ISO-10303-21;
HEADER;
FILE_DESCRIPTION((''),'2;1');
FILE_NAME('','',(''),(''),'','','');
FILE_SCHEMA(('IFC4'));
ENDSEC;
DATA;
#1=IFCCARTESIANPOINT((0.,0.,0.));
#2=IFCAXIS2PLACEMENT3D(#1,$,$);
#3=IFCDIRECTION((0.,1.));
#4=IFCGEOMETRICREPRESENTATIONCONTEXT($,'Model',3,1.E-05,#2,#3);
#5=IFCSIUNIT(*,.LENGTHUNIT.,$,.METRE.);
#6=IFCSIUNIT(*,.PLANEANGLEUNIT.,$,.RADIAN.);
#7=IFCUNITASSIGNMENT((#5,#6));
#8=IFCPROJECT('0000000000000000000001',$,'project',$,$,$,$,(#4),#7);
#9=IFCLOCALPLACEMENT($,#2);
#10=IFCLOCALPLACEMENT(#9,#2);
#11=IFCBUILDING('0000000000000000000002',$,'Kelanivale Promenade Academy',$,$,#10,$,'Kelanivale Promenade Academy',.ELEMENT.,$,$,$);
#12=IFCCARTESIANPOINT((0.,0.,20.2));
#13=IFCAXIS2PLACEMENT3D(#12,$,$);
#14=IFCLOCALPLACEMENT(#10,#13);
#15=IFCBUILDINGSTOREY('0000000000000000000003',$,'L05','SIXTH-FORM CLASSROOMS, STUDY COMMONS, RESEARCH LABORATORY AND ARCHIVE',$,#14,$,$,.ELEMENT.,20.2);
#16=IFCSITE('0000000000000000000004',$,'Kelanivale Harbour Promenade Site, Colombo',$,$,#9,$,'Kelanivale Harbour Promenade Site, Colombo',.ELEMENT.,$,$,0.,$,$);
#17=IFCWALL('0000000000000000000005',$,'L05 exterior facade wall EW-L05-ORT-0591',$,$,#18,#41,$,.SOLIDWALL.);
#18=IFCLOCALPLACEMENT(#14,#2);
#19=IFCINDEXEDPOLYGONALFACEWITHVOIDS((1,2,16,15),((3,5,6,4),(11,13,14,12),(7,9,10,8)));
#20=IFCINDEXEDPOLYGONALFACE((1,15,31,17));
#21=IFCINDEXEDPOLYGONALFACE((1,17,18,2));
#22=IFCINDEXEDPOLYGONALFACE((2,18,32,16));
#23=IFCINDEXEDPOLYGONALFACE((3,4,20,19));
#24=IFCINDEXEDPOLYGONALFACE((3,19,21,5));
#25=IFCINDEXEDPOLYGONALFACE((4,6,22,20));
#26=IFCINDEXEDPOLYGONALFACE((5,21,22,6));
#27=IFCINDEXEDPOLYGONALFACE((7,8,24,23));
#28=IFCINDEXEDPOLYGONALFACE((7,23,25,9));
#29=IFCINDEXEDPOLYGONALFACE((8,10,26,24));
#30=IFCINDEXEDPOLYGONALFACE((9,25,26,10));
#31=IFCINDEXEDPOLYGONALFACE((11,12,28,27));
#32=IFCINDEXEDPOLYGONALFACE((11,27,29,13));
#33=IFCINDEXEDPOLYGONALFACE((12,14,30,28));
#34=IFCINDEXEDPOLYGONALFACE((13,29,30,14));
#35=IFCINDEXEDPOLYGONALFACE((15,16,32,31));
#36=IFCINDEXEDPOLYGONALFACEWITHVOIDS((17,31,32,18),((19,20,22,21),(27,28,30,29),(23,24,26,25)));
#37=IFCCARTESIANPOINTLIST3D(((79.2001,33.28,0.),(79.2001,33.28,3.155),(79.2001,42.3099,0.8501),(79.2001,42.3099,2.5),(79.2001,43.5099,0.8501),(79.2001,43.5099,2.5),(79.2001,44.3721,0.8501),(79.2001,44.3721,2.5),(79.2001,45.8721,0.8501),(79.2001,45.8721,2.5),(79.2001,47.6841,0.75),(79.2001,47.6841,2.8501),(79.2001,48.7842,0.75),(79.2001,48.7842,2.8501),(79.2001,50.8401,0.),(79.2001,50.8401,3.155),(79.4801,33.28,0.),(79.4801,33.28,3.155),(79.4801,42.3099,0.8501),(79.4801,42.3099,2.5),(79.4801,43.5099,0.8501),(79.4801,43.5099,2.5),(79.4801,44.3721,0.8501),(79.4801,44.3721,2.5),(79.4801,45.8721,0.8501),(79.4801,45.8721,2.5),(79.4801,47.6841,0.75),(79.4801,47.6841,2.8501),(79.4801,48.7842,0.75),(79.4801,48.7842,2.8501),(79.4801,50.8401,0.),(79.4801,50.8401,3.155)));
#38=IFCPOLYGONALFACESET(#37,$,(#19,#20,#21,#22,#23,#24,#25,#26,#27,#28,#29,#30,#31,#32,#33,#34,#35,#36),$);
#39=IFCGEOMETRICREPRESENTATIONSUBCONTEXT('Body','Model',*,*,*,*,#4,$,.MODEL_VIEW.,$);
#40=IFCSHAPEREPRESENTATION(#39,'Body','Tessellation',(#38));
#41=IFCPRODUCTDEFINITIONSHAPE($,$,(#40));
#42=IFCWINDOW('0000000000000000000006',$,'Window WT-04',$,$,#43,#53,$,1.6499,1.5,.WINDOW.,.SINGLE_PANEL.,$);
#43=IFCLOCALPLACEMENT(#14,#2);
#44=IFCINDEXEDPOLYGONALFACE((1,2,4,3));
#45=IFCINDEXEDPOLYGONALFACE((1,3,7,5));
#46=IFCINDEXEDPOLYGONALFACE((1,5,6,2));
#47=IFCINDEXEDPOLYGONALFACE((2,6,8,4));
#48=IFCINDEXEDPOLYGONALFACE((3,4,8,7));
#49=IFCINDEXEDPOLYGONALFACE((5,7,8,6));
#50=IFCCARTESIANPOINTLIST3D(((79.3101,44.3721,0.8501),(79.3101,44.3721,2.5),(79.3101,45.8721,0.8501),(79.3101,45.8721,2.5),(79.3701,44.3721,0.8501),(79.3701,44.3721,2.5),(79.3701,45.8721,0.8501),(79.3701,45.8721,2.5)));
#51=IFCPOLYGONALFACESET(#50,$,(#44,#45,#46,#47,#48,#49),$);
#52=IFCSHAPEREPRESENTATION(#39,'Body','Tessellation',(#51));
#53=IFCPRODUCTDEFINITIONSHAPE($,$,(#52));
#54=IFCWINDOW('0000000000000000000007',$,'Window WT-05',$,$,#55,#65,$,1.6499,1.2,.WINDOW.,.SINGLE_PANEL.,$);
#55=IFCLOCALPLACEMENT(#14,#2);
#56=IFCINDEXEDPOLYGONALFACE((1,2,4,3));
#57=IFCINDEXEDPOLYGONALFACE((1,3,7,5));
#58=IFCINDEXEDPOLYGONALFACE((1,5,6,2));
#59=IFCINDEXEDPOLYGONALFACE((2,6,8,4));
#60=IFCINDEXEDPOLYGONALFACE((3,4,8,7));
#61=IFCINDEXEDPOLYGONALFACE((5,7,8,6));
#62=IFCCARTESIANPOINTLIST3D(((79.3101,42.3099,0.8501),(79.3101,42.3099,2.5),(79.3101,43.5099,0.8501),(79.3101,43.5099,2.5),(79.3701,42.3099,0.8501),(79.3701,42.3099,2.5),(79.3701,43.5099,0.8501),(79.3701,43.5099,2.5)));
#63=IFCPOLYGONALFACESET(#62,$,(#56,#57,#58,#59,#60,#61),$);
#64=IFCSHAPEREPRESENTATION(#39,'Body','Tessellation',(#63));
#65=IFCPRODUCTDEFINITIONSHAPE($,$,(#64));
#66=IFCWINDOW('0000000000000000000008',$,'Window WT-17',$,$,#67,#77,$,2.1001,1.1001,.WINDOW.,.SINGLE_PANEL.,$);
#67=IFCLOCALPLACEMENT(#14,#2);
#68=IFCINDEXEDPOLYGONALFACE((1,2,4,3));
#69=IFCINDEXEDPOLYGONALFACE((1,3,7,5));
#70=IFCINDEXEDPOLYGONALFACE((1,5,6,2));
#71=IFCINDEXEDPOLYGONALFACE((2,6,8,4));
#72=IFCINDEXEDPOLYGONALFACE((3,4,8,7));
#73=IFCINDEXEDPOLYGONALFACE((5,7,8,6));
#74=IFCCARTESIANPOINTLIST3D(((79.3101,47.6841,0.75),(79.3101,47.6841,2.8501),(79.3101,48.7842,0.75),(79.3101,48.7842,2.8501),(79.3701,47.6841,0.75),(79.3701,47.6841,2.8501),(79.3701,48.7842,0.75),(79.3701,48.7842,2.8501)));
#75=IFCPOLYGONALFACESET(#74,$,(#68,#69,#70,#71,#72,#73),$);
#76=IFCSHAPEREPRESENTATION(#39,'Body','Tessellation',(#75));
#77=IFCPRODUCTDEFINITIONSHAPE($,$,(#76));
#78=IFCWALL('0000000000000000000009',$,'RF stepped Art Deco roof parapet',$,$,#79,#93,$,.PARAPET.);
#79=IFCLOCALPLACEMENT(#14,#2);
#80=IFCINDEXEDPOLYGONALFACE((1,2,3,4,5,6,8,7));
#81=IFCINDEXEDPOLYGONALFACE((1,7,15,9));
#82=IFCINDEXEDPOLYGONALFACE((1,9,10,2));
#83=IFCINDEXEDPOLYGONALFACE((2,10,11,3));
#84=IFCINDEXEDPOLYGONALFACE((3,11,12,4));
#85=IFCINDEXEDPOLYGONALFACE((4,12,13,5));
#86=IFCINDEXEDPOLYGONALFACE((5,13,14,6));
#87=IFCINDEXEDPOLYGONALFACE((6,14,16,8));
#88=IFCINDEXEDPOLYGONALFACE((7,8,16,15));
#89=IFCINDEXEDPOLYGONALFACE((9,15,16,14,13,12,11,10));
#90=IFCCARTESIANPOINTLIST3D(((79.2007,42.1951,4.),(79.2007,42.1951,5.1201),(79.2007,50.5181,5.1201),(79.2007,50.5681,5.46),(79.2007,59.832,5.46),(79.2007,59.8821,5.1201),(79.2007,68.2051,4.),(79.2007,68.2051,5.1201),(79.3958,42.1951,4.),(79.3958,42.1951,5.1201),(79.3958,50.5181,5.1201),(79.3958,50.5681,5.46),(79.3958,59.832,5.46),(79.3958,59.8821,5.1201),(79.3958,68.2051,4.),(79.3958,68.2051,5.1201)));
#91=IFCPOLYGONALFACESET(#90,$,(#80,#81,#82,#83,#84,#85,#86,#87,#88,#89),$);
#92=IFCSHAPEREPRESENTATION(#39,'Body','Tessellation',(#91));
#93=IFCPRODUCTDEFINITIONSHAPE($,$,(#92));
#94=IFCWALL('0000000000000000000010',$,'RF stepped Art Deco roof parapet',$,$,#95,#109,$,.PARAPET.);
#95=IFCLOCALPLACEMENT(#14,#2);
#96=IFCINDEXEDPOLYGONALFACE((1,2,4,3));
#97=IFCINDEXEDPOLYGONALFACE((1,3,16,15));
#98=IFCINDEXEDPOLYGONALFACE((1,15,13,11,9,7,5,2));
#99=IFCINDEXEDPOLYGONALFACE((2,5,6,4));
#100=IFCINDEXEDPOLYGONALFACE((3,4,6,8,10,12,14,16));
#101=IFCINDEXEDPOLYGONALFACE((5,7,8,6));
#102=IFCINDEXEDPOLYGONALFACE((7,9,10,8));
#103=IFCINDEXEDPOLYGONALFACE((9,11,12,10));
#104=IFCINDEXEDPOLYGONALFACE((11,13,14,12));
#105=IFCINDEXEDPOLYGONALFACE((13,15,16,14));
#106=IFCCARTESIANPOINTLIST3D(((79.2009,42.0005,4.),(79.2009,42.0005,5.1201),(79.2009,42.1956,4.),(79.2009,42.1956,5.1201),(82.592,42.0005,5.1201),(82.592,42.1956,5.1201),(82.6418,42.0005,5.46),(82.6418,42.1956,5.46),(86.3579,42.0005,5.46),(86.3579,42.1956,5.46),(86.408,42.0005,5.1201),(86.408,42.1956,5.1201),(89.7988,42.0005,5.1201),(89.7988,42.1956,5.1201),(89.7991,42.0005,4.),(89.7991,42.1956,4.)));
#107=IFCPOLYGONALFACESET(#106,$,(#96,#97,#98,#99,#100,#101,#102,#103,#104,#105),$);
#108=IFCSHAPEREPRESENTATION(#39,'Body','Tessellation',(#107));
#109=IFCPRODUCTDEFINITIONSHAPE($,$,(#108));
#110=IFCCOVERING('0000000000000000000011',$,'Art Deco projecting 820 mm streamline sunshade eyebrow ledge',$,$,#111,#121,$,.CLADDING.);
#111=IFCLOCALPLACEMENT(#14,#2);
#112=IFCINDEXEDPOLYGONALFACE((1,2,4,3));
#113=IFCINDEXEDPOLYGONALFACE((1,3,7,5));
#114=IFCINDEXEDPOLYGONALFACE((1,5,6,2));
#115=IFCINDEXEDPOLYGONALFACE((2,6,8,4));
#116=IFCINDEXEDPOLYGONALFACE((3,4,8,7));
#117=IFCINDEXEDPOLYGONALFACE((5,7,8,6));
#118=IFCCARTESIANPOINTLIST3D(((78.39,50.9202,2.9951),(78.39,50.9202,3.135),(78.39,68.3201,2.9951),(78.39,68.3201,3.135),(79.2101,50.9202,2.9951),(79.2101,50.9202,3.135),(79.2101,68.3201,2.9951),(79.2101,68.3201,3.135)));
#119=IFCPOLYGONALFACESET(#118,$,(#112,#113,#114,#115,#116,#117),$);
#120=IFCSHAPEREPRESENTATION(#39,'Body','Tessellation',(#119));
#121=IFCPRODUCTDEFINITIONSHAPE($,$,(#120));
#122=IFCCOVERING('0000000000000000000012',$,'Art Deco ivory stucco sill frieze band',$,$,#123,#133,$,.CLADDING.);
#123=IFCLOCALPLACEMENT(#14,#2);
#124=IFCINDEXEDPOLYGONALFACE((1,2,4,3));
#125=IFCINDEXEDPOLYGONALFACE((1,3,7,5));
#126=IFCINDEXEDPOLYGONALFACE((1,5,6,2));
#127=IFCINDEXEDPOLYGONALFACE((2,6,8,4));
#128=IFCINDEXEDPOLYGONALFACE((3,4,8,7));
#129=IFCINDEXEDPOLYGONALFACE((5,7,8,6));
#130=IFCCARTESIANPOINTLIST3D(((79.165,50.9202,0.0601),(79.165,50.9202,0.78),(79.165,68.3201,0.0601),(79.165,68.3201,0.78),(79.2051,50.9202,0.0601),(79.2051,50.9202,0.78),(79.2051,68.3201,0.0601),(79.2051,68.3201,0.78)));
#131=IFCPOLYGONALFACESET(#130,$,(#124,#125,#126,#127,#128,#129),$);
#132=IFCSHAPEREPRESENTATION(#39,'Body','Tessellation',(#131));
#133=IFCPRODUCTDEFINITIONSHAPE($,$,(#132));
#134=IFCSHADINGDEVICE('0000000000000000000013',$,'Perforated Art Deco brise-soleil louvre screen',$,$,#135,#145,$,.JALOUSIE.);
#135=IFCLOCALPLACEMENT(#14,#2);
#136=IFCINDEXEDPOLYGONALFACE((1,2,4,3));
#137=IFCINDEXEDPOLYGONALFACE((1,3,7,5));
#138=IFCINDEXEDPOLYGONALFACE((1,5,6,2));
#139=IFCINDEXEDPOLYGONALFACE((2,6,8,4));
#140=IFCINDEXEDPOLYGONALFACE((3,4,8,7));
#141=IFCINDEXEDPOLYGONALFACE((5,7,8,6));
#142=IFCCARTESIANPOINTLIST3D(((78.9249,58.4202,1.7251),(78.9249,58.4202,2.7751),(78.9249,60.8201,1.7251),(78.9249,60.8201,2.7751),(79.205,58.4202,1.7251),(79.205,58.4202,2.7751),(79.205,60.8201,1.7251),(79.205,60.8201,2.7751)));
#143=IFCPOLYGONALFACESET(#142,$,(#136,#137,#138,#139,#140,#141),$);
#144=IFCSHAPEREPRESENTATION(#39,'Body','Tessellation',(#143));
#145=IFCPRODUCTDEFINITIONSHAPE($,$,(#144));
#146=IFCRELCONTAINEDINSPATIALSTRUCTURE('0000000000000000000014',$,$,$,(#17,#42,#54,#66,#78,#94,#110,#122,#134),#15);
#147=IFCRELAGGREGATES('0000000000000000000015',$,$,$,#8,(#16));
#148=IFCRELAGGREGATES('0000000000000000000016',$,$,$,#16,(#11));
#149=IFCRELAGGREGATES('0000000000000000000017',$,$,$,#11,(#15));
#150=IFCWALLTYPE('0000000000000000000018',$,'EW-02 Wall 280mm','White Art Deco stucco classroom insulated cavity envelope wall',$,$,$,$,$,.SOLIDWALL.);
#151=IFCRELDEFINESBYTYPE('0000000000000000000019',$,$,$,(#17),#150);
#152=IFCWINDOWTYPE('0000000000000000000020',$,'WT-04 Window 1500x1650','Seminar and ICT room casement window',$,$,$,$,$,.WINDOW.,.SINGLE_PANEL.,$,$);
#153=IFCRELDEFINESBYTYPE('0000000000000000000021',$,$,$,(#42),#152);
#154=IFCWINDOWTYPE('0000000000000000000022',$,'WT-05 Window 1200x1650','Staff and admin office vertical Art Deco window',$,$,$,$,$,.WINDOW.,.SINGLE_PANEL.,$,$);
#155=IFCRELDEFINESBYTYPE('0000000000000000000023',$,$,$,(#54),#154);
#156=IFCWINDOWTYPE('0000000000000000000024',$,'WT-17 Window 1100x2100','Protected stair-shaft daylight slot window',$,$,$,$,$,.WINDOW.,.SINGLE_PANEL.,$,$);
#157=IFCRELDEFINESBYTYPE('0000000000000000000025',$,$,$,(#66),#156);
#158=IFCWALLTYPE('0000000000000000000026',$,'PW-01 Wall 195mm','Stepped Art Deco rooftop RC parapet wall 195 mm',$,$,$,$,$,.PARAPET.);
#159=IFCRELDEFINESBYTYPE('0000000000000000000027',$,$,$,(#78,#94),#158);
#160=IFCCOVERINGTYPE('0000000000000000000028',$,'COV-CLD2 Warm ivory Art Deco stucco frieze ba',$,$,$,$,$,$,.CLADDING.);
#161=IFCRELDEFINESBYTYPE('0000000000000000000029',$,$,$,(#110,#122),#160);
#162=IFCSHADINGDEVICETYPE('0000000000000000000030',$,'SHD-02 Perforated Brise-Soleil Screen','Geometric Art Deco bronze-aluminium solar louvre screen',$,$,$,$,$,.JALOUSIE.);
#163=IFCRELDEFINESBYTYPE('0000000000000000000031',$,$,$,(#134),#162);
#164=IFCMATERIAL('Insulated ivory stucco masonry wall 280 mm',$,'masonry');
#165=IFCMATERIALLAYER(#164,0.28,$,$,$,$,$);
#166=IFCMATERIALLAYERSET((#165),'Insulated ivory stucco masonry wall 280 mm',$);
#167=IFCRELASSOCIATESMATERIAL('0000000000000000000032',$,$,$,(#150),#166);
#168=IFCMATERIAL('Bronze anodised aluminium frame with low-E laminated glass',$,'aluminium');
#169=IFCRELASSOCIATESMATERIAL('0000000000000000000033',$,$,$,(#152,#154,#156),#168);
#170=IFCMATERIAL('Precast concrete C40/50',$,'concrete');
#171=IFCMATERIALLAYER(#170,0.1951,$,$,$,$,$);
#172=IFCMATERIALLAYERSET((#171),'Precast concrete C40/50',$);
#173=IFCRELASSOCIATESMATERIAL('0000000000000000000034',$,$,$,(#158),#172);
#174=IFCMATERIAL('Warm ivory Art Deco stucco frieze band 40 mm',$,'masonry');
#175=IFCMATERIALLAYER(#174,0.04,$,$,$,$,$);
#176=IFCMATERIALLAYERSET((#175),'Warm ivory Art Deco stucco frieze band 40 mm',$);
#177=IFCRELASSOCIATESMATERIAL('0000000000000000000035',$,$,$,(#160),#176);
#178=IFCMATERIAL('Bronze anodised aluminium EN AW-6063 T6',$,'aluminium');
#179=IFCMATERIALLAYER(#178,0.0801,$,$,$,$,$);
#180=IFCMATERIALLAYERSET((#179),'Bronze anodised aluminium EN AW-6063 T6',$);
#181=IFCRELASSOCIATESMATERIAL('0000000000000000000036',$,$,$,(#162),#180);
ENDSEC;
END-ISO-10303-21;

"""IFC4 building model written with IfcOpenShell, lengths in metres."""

from ifc_helpers import new_model, si_unit, direction, frame, frame_2d, origin, origin_2d, place, context, subcontext, project, spatial, polyline, rectangle, outline, extrude, material, layer, layer_set, type_object, element, fill, save


model = new_model("IFC4")

# Units and contexts
model_context = context("Model", 3, precision=1e-05, world=origin(), true_north=direction((0.0, 1.0)))
body_context = subcontext(model_context, "Body", "Model", "MODEL_VIEW")
ifc_project = project(units=[si_unit("LENGTHUNIT", "METRE"), si_unit("PLANEANGLEUNIT", "RADIAN")], contexts=[model_context])

# Site, building, storey
site_placement = place(None, origin())
site = spatial("IfcSite", under=ifc_project, at=site_placement, Name="Kelanivale Harbour Promenade Site, Colombo", LongName="Kelanivale Harbour Promenade Site, Colombo", CompositionType="ELEMENT", RefElevation=0.0)
building_placement = place(site_placement, origin())
building = spatial("IfcBuilding", under=site, at=building_placement, Name="Kelanivale Promenade Academy", LongName="Kelanivale Promenade Academy", CompositionType="ELEMENT")
storey_placement = place(building_placement, frame((0.0, 0.0, 20.2)))
storey = spatial("IfcBuildingStorey", under=building, at=storey_placement, Name="L05", Description="SIXTH-FORM CLASSROOMS, STUDY COMMONS, RESEARCH LABORATORY AND ARCHIVE", CompositionType="ELEMENT", Elevation=20.2)

# Wall, openings, windows
ifc_material_1 = material(Name="Insulated ivory stucco masonry wall 280 mm", Category="masonry")
ifc_layer_1 = layer(ifc_material_1, 0.28)
ifc_layer_set_1 = layer_set([ifc_layer_1], Name="Insulated ivory stucco masonry wall 280 mm")
wall_type_1 = type_object("IfcWallType", Name="EW-02 Wall 280mm", Description="White Art Deco stucco classroom insulated cavity envelope wall", PredefinedType="SOLIDWALL", material=ifc_layer_set_1)
wall_1_placement = place(storey_placement, frame((79.3401, 50.8401, 0.0), z_axis=(0.0, 0.0, 1.0), x_axis=(0.0, -1.0, 0.0)))
wall_1 = element("IfcWall", 1, at=wall_1_placement, inside=storey, type_object=wall_type_1, Name="L05 exterior facade wall EW-L05-ORT-0591", PredefinedType="SOLIDWALL", context=body_context, shape_type="SweptSolid", body=[
    extrude(rectangle(XDim=17.5601, YDim=0.28, at=frame_2d((8.78, 0.0))), origin(), (0.0, 0.0, 1.0), 3.155),
])
opening_1_placement = place(wall_1_placement, frame((2.0559, 0.0, 0.75)))
opening_1 = element("IfcOpeningElement", 2, at=opening_1_placement, cuts=wall_1, PredefinedType="OPENING", context=body_context, shape_type="SweptSolid", body=[
    extrude(rectangle(XDim=1.1001, YDim=2.1001, at=frame_2d((0.55, 1.05))), frame((0.0, 0.1499, 0.0), z_axis=(0.0, -1.0, 0.0), x_axis=(1.0, 0.0, 0.0)), (0.0, 0.0, 1.0), 0.3),
])
opening_2_placement = place(wall_1_placement, frame((4.968, 0.0, 0.8501)))
opening_2 = element("IfcOpeningElement", 3, at=opening_2_placement, cuts=wall_1, PredefinedType="OPENING", context=body_context, shape_type="SweptSolid", body=[
    extrude(rectangle(XDim=1.5, YDim=1.6499, at=frame_2d((0.75, 0.825))), frame((0.0, 0.1499, 0.0), z_axis=(0.0, -1.0, 0.0), x_axis=(1.0, 0.0, 0.0)), (0.0, 0.0, 1.0), 0.3),
])
opening_3_placement = place(wall_1_placement, frame((7.3301, 0.0, 0.8501)))
opening_3 = element("IfcOpeningElement", 4, at=opening_3_placement, cuts=wall_1, PredefinedType="OPENING", context=body_context, shape_type="SweptSolid", body=[
    extrude(rectangle(XDim=1.2, YDim=1.6499, at=frame_2d((0.6001, 0.825))), frame((0.0, 0.1499, 0.0), z_axis=(0.0, -1.0, 0.0), x_axis=(1.0, 0.0, 0.0)), (0.0, 0.0, 1.0), 0.3),
])
ifc_material_2 = material(Name="Bronze anodised aluminium frame with low-E laminated glass", Category="aluminium")
window_type_1 = type_object("IfcWindowType", Name="WT-04 Window 1500x1650", Description="Seminar and ICT room casement window", PartitioningType="SINGLE_PANEL", PredefinedType="WINDOW", material=ifc_material_2)
window_1_placement = place(opening_2_placement, origin())
window_1 = element("IfcWindow", 5, at=window_1_placement, inside=storey, type_object=window_type_1, Name="Window WT-04", OverallHeight=1.6499, OverallWidth=1.5, PartitioningType="SINGLE_PANEL", PredefinedType="WINDOW", context=body_context, shape_type="SweptSolid", body=[
    extrude(rectangle(XDim=1.5, YDim=1.6499, at=frame_2d((0.75, 0.825))), frame((0.0, 0.03, 0.0), z_axis=(0.0, -1.0, 0.0), x_axis=(1.0, 0.0, 0.0)), (0.0, 0.0, 1.0), 0.0601),
])
fill(opening_2, window_1)
window_type_2 = type_object("IfcWindowType", Name="WT-05 Window 1200x1650", Description="Staff and admin office vertical Art Deco window", PartitioningType="SINGLE_PANEL", PredefinedType="WINDOW", material=ifc_material_2)
window_2_placement = place(opening_3_placement, origin())
window_2 = element("IfcWindow", 6, at=window_2_placement, inside=storey, type_object=window_type_2, Name="Window WT-05", OverallHeight=1.6499, OverallWidth=1.2, PartitioningType="SINGLE_PANEL", PredefinedType="WINDOW", context=body_context, shape_type="SweptSolid", body=[
    extrude(rectangle(XDim=1.2, YDim=1.6499, at=frame_2d((0.6001, 0.825))), frame((0.0, 0.03, 0.0), z_axis=(0.0, -1.0, 0.0), x_axis=(1.0, 0.0, 0.0)), (0.0, 0.0, 1.0), 0.0601),
])
fill(opening_3, window_2)
window_type_3 = type_object("IfcWindowType", Name="WT-17 Window 1100x2100", Description="Protected stair-shaft daylight slot window", PartitioningType="SINGLE_PANEL", PredefinedType="WINDOW", material=ifc_material_2)
window_3_placement = place(opening_1_placement, origin())
window_3 = element("IfcWindow", 7, at=window_3_placement, inside=storey, type_object=window_type_3, Name="Window WT-17", OverallHeight=2.1001, OverallWidth=1.1001, PartitioningType="SINGLE_PANEL", PredefinedType="WINDOW", context=body_context, shape_type="SweptSolid", body=[
    extrude(rectangle(XDim=1.1001, YDim=2.1001, at=frame_2d((0.55, 1.05))), frame((0.0, 0.03, 0.0), z_axis=(0.0, -1.0, 0.0), x_axis=(1.0, 0.0, 0.0)), (0.0, 0.0, 1.0), 0.0601),
])
fill(opening_1, window_3)

# Walls
ifc_material_3 = material(Name="Precast concrete C40/50", Category="concrete")
ifc_layer_2 = layer(ifc_material_3, 0.1951)
ifc_layer_set_2 = layer_set([ifc_layer_2], Name="Precast concrete C40/50")
wall_type_2 = type_object("IfcWallType", Name="PW-01 Wall 195mm", Description="Stepped Art Deco rooftop RC parapet wall 195 mm", PredefinedType="PARAPET", material=ifc_layer_set_2)
wall_2_placement = place(storey_placement, frame((79.2981, 68.2051, 4.0), z_axis=(0.0, 0.0, 1.0), x_axis=(0.0, -1.0, 0.0)))
element("IfcWall", 8, at=wall_2_placement, inside=storey, type_object=wall_type_2, Name="RF stepped Art Deco roof parapet", PredefinedType="PARAPET", context=body_context, shape_type="SweptSolid", body=[
    extrude(outline(polyline([(0.0, 0.0), (26.01, 0.0), (26.01, 1.1201), (17.687, 1.1201), (17.637, 1.46), (8.373, 1.46), (8.323, 1.1201), (0.0, 1.1201), (0.0, 0.0)])), frame((0.0, 0.0977, 0.0), z_axis=(0.0, -1.0, 0.0), x_axis=(1.0, 0.0, 0.0)), (0.0, 0.0, 1.0), 0.1951),
])
wall_3_placement = place(storey_placement, frame((79.2009, 42.0979, 4.0), z_axis=(0.0, 0.0, 1.0), x_axis=(1.0, 0.0, 0.0)))
element("IfcWall", 9, at=wall_3_placement, inside=storey, type_object=wall_type_2, Name="RF stepped Art Deco roof parapet", PredefinedType="PARAPET", context=body_context, shape_type="SweptSolid", body=[
    extrude(outline(polyline([(0.0, 0.0), (10.5981, 0.0), (10.5979, 1.1201), (7.207, 1.1201), (7.157, 1.46), (3.4409, 1.46), (3.3911, 1.1201), (0.0, 1.1201), (0.0, 0.0)])), frame((0.0, 0.0977, 0.0), z_axis=(0.0, -1.0, 0.0), x_axis=(1.0, 0.0, 0.0)), (0.0, 0.0, 1.0), 0.1951),
])

# Coverings
ifc_material_4 = material(Name="Warm ivory Art Deco stucco frieze band 40 mm", Category="masonry")
ifc_layer_3 = layer(ifc_material_4, 0.04)
ifc_layer_set_3 = layer_set([ifc_layer_3], Name="Warm ivory Art Deco stucco frieze band 40 mm")
covering_type = type_object("IfcCoveringType", Name="COV-CLD2 Warm ivory Art Deco stucco frieze ba", PredefinedType="CLADDING", material=ifc_layer_set_3)
covering_1_placement = place(storey_placement, frame((78.8, 59.6201, 2.9951), z_axis=(0.0, 0.0, 1.0), x_axis=(0.0, -1.0, 0.0)))
element("IfcCovering", 10, at=covering_1_placement, inside=storey, type_object=covering_type, Name="Art Deco projecting 820 mm streamline sunshade eyebrow ledge", PredefinedType="CLADDING", context=body_context, shape_type="SweptSolid", body=[
    extrude(rectangle(XDim=17.3999, YDim=0.8201, at=origin_2d()), origin(), (0.0, 0.0, 1.0), 0.1399),
])
covering_2_placement = place(storey_placement, frame((79.1851, 59.6201, 0.0601), z_axis=(0.0, 0.0, 1.0), x_axis=(0.0, -1.0, 0.0)))
element("IfcCovering", 11, at=covering_2_placement, inside=storey, type_object=covering_type, Name="Art Deco ivory stucco sill frieze band", PredefinedType="CLADDING", context=body_context, shape_type="SweptSolid", body=[
    extrude(rectangle(XDim=17.3999, YDim=0.04, at=origin_2d()), origin(), (0.0, 0.0, 1.0), 0.72),
])

# Shading device
ifc_material_5 = material(Name="Bronze anodised aluminium EN AW-6063 T6", Category="aluminium")
ifc_layer_4 = layer(ifc_material_5, 0.0801)
ifc_layer_set_4 = layer_set([ifc_layer_4], Name="Bronze anodised aluminium EN AW-6063 T6")
shading_device_type = type_object("IfcShadingDeviceType", Name="SHD-02 Perforated Brise-Soleil Screen", Description="Geometric Art Deco bronze-aluminium solar louvre screen", PredefinedType="JALOUSIE", material=ifc_layer_set_4)
shading_device_placement = place(storey_placement, frame((79.0649, 59.6201, 1.7251), z_axis=(0.0, 0.0, 1.0), x_axis=(0.0, -1.0, 0.0)))
element("IfcShadingDevice", 12, at=shading_device_placement, inside=storey, type_object=shading_device_type, Name="Perforated Art Deco brise-soleil louvre screen", PredefinedType="JALOUSIE", context=body_context, shape_type="SweptSolid", body=[
    extrude(rectangle(XDim=2.3999, YDim=0.28, at=origin_2d()), origin(), (0.0, 0.0, 1.0), 1.05),
])

save(model, "model.ifc")
